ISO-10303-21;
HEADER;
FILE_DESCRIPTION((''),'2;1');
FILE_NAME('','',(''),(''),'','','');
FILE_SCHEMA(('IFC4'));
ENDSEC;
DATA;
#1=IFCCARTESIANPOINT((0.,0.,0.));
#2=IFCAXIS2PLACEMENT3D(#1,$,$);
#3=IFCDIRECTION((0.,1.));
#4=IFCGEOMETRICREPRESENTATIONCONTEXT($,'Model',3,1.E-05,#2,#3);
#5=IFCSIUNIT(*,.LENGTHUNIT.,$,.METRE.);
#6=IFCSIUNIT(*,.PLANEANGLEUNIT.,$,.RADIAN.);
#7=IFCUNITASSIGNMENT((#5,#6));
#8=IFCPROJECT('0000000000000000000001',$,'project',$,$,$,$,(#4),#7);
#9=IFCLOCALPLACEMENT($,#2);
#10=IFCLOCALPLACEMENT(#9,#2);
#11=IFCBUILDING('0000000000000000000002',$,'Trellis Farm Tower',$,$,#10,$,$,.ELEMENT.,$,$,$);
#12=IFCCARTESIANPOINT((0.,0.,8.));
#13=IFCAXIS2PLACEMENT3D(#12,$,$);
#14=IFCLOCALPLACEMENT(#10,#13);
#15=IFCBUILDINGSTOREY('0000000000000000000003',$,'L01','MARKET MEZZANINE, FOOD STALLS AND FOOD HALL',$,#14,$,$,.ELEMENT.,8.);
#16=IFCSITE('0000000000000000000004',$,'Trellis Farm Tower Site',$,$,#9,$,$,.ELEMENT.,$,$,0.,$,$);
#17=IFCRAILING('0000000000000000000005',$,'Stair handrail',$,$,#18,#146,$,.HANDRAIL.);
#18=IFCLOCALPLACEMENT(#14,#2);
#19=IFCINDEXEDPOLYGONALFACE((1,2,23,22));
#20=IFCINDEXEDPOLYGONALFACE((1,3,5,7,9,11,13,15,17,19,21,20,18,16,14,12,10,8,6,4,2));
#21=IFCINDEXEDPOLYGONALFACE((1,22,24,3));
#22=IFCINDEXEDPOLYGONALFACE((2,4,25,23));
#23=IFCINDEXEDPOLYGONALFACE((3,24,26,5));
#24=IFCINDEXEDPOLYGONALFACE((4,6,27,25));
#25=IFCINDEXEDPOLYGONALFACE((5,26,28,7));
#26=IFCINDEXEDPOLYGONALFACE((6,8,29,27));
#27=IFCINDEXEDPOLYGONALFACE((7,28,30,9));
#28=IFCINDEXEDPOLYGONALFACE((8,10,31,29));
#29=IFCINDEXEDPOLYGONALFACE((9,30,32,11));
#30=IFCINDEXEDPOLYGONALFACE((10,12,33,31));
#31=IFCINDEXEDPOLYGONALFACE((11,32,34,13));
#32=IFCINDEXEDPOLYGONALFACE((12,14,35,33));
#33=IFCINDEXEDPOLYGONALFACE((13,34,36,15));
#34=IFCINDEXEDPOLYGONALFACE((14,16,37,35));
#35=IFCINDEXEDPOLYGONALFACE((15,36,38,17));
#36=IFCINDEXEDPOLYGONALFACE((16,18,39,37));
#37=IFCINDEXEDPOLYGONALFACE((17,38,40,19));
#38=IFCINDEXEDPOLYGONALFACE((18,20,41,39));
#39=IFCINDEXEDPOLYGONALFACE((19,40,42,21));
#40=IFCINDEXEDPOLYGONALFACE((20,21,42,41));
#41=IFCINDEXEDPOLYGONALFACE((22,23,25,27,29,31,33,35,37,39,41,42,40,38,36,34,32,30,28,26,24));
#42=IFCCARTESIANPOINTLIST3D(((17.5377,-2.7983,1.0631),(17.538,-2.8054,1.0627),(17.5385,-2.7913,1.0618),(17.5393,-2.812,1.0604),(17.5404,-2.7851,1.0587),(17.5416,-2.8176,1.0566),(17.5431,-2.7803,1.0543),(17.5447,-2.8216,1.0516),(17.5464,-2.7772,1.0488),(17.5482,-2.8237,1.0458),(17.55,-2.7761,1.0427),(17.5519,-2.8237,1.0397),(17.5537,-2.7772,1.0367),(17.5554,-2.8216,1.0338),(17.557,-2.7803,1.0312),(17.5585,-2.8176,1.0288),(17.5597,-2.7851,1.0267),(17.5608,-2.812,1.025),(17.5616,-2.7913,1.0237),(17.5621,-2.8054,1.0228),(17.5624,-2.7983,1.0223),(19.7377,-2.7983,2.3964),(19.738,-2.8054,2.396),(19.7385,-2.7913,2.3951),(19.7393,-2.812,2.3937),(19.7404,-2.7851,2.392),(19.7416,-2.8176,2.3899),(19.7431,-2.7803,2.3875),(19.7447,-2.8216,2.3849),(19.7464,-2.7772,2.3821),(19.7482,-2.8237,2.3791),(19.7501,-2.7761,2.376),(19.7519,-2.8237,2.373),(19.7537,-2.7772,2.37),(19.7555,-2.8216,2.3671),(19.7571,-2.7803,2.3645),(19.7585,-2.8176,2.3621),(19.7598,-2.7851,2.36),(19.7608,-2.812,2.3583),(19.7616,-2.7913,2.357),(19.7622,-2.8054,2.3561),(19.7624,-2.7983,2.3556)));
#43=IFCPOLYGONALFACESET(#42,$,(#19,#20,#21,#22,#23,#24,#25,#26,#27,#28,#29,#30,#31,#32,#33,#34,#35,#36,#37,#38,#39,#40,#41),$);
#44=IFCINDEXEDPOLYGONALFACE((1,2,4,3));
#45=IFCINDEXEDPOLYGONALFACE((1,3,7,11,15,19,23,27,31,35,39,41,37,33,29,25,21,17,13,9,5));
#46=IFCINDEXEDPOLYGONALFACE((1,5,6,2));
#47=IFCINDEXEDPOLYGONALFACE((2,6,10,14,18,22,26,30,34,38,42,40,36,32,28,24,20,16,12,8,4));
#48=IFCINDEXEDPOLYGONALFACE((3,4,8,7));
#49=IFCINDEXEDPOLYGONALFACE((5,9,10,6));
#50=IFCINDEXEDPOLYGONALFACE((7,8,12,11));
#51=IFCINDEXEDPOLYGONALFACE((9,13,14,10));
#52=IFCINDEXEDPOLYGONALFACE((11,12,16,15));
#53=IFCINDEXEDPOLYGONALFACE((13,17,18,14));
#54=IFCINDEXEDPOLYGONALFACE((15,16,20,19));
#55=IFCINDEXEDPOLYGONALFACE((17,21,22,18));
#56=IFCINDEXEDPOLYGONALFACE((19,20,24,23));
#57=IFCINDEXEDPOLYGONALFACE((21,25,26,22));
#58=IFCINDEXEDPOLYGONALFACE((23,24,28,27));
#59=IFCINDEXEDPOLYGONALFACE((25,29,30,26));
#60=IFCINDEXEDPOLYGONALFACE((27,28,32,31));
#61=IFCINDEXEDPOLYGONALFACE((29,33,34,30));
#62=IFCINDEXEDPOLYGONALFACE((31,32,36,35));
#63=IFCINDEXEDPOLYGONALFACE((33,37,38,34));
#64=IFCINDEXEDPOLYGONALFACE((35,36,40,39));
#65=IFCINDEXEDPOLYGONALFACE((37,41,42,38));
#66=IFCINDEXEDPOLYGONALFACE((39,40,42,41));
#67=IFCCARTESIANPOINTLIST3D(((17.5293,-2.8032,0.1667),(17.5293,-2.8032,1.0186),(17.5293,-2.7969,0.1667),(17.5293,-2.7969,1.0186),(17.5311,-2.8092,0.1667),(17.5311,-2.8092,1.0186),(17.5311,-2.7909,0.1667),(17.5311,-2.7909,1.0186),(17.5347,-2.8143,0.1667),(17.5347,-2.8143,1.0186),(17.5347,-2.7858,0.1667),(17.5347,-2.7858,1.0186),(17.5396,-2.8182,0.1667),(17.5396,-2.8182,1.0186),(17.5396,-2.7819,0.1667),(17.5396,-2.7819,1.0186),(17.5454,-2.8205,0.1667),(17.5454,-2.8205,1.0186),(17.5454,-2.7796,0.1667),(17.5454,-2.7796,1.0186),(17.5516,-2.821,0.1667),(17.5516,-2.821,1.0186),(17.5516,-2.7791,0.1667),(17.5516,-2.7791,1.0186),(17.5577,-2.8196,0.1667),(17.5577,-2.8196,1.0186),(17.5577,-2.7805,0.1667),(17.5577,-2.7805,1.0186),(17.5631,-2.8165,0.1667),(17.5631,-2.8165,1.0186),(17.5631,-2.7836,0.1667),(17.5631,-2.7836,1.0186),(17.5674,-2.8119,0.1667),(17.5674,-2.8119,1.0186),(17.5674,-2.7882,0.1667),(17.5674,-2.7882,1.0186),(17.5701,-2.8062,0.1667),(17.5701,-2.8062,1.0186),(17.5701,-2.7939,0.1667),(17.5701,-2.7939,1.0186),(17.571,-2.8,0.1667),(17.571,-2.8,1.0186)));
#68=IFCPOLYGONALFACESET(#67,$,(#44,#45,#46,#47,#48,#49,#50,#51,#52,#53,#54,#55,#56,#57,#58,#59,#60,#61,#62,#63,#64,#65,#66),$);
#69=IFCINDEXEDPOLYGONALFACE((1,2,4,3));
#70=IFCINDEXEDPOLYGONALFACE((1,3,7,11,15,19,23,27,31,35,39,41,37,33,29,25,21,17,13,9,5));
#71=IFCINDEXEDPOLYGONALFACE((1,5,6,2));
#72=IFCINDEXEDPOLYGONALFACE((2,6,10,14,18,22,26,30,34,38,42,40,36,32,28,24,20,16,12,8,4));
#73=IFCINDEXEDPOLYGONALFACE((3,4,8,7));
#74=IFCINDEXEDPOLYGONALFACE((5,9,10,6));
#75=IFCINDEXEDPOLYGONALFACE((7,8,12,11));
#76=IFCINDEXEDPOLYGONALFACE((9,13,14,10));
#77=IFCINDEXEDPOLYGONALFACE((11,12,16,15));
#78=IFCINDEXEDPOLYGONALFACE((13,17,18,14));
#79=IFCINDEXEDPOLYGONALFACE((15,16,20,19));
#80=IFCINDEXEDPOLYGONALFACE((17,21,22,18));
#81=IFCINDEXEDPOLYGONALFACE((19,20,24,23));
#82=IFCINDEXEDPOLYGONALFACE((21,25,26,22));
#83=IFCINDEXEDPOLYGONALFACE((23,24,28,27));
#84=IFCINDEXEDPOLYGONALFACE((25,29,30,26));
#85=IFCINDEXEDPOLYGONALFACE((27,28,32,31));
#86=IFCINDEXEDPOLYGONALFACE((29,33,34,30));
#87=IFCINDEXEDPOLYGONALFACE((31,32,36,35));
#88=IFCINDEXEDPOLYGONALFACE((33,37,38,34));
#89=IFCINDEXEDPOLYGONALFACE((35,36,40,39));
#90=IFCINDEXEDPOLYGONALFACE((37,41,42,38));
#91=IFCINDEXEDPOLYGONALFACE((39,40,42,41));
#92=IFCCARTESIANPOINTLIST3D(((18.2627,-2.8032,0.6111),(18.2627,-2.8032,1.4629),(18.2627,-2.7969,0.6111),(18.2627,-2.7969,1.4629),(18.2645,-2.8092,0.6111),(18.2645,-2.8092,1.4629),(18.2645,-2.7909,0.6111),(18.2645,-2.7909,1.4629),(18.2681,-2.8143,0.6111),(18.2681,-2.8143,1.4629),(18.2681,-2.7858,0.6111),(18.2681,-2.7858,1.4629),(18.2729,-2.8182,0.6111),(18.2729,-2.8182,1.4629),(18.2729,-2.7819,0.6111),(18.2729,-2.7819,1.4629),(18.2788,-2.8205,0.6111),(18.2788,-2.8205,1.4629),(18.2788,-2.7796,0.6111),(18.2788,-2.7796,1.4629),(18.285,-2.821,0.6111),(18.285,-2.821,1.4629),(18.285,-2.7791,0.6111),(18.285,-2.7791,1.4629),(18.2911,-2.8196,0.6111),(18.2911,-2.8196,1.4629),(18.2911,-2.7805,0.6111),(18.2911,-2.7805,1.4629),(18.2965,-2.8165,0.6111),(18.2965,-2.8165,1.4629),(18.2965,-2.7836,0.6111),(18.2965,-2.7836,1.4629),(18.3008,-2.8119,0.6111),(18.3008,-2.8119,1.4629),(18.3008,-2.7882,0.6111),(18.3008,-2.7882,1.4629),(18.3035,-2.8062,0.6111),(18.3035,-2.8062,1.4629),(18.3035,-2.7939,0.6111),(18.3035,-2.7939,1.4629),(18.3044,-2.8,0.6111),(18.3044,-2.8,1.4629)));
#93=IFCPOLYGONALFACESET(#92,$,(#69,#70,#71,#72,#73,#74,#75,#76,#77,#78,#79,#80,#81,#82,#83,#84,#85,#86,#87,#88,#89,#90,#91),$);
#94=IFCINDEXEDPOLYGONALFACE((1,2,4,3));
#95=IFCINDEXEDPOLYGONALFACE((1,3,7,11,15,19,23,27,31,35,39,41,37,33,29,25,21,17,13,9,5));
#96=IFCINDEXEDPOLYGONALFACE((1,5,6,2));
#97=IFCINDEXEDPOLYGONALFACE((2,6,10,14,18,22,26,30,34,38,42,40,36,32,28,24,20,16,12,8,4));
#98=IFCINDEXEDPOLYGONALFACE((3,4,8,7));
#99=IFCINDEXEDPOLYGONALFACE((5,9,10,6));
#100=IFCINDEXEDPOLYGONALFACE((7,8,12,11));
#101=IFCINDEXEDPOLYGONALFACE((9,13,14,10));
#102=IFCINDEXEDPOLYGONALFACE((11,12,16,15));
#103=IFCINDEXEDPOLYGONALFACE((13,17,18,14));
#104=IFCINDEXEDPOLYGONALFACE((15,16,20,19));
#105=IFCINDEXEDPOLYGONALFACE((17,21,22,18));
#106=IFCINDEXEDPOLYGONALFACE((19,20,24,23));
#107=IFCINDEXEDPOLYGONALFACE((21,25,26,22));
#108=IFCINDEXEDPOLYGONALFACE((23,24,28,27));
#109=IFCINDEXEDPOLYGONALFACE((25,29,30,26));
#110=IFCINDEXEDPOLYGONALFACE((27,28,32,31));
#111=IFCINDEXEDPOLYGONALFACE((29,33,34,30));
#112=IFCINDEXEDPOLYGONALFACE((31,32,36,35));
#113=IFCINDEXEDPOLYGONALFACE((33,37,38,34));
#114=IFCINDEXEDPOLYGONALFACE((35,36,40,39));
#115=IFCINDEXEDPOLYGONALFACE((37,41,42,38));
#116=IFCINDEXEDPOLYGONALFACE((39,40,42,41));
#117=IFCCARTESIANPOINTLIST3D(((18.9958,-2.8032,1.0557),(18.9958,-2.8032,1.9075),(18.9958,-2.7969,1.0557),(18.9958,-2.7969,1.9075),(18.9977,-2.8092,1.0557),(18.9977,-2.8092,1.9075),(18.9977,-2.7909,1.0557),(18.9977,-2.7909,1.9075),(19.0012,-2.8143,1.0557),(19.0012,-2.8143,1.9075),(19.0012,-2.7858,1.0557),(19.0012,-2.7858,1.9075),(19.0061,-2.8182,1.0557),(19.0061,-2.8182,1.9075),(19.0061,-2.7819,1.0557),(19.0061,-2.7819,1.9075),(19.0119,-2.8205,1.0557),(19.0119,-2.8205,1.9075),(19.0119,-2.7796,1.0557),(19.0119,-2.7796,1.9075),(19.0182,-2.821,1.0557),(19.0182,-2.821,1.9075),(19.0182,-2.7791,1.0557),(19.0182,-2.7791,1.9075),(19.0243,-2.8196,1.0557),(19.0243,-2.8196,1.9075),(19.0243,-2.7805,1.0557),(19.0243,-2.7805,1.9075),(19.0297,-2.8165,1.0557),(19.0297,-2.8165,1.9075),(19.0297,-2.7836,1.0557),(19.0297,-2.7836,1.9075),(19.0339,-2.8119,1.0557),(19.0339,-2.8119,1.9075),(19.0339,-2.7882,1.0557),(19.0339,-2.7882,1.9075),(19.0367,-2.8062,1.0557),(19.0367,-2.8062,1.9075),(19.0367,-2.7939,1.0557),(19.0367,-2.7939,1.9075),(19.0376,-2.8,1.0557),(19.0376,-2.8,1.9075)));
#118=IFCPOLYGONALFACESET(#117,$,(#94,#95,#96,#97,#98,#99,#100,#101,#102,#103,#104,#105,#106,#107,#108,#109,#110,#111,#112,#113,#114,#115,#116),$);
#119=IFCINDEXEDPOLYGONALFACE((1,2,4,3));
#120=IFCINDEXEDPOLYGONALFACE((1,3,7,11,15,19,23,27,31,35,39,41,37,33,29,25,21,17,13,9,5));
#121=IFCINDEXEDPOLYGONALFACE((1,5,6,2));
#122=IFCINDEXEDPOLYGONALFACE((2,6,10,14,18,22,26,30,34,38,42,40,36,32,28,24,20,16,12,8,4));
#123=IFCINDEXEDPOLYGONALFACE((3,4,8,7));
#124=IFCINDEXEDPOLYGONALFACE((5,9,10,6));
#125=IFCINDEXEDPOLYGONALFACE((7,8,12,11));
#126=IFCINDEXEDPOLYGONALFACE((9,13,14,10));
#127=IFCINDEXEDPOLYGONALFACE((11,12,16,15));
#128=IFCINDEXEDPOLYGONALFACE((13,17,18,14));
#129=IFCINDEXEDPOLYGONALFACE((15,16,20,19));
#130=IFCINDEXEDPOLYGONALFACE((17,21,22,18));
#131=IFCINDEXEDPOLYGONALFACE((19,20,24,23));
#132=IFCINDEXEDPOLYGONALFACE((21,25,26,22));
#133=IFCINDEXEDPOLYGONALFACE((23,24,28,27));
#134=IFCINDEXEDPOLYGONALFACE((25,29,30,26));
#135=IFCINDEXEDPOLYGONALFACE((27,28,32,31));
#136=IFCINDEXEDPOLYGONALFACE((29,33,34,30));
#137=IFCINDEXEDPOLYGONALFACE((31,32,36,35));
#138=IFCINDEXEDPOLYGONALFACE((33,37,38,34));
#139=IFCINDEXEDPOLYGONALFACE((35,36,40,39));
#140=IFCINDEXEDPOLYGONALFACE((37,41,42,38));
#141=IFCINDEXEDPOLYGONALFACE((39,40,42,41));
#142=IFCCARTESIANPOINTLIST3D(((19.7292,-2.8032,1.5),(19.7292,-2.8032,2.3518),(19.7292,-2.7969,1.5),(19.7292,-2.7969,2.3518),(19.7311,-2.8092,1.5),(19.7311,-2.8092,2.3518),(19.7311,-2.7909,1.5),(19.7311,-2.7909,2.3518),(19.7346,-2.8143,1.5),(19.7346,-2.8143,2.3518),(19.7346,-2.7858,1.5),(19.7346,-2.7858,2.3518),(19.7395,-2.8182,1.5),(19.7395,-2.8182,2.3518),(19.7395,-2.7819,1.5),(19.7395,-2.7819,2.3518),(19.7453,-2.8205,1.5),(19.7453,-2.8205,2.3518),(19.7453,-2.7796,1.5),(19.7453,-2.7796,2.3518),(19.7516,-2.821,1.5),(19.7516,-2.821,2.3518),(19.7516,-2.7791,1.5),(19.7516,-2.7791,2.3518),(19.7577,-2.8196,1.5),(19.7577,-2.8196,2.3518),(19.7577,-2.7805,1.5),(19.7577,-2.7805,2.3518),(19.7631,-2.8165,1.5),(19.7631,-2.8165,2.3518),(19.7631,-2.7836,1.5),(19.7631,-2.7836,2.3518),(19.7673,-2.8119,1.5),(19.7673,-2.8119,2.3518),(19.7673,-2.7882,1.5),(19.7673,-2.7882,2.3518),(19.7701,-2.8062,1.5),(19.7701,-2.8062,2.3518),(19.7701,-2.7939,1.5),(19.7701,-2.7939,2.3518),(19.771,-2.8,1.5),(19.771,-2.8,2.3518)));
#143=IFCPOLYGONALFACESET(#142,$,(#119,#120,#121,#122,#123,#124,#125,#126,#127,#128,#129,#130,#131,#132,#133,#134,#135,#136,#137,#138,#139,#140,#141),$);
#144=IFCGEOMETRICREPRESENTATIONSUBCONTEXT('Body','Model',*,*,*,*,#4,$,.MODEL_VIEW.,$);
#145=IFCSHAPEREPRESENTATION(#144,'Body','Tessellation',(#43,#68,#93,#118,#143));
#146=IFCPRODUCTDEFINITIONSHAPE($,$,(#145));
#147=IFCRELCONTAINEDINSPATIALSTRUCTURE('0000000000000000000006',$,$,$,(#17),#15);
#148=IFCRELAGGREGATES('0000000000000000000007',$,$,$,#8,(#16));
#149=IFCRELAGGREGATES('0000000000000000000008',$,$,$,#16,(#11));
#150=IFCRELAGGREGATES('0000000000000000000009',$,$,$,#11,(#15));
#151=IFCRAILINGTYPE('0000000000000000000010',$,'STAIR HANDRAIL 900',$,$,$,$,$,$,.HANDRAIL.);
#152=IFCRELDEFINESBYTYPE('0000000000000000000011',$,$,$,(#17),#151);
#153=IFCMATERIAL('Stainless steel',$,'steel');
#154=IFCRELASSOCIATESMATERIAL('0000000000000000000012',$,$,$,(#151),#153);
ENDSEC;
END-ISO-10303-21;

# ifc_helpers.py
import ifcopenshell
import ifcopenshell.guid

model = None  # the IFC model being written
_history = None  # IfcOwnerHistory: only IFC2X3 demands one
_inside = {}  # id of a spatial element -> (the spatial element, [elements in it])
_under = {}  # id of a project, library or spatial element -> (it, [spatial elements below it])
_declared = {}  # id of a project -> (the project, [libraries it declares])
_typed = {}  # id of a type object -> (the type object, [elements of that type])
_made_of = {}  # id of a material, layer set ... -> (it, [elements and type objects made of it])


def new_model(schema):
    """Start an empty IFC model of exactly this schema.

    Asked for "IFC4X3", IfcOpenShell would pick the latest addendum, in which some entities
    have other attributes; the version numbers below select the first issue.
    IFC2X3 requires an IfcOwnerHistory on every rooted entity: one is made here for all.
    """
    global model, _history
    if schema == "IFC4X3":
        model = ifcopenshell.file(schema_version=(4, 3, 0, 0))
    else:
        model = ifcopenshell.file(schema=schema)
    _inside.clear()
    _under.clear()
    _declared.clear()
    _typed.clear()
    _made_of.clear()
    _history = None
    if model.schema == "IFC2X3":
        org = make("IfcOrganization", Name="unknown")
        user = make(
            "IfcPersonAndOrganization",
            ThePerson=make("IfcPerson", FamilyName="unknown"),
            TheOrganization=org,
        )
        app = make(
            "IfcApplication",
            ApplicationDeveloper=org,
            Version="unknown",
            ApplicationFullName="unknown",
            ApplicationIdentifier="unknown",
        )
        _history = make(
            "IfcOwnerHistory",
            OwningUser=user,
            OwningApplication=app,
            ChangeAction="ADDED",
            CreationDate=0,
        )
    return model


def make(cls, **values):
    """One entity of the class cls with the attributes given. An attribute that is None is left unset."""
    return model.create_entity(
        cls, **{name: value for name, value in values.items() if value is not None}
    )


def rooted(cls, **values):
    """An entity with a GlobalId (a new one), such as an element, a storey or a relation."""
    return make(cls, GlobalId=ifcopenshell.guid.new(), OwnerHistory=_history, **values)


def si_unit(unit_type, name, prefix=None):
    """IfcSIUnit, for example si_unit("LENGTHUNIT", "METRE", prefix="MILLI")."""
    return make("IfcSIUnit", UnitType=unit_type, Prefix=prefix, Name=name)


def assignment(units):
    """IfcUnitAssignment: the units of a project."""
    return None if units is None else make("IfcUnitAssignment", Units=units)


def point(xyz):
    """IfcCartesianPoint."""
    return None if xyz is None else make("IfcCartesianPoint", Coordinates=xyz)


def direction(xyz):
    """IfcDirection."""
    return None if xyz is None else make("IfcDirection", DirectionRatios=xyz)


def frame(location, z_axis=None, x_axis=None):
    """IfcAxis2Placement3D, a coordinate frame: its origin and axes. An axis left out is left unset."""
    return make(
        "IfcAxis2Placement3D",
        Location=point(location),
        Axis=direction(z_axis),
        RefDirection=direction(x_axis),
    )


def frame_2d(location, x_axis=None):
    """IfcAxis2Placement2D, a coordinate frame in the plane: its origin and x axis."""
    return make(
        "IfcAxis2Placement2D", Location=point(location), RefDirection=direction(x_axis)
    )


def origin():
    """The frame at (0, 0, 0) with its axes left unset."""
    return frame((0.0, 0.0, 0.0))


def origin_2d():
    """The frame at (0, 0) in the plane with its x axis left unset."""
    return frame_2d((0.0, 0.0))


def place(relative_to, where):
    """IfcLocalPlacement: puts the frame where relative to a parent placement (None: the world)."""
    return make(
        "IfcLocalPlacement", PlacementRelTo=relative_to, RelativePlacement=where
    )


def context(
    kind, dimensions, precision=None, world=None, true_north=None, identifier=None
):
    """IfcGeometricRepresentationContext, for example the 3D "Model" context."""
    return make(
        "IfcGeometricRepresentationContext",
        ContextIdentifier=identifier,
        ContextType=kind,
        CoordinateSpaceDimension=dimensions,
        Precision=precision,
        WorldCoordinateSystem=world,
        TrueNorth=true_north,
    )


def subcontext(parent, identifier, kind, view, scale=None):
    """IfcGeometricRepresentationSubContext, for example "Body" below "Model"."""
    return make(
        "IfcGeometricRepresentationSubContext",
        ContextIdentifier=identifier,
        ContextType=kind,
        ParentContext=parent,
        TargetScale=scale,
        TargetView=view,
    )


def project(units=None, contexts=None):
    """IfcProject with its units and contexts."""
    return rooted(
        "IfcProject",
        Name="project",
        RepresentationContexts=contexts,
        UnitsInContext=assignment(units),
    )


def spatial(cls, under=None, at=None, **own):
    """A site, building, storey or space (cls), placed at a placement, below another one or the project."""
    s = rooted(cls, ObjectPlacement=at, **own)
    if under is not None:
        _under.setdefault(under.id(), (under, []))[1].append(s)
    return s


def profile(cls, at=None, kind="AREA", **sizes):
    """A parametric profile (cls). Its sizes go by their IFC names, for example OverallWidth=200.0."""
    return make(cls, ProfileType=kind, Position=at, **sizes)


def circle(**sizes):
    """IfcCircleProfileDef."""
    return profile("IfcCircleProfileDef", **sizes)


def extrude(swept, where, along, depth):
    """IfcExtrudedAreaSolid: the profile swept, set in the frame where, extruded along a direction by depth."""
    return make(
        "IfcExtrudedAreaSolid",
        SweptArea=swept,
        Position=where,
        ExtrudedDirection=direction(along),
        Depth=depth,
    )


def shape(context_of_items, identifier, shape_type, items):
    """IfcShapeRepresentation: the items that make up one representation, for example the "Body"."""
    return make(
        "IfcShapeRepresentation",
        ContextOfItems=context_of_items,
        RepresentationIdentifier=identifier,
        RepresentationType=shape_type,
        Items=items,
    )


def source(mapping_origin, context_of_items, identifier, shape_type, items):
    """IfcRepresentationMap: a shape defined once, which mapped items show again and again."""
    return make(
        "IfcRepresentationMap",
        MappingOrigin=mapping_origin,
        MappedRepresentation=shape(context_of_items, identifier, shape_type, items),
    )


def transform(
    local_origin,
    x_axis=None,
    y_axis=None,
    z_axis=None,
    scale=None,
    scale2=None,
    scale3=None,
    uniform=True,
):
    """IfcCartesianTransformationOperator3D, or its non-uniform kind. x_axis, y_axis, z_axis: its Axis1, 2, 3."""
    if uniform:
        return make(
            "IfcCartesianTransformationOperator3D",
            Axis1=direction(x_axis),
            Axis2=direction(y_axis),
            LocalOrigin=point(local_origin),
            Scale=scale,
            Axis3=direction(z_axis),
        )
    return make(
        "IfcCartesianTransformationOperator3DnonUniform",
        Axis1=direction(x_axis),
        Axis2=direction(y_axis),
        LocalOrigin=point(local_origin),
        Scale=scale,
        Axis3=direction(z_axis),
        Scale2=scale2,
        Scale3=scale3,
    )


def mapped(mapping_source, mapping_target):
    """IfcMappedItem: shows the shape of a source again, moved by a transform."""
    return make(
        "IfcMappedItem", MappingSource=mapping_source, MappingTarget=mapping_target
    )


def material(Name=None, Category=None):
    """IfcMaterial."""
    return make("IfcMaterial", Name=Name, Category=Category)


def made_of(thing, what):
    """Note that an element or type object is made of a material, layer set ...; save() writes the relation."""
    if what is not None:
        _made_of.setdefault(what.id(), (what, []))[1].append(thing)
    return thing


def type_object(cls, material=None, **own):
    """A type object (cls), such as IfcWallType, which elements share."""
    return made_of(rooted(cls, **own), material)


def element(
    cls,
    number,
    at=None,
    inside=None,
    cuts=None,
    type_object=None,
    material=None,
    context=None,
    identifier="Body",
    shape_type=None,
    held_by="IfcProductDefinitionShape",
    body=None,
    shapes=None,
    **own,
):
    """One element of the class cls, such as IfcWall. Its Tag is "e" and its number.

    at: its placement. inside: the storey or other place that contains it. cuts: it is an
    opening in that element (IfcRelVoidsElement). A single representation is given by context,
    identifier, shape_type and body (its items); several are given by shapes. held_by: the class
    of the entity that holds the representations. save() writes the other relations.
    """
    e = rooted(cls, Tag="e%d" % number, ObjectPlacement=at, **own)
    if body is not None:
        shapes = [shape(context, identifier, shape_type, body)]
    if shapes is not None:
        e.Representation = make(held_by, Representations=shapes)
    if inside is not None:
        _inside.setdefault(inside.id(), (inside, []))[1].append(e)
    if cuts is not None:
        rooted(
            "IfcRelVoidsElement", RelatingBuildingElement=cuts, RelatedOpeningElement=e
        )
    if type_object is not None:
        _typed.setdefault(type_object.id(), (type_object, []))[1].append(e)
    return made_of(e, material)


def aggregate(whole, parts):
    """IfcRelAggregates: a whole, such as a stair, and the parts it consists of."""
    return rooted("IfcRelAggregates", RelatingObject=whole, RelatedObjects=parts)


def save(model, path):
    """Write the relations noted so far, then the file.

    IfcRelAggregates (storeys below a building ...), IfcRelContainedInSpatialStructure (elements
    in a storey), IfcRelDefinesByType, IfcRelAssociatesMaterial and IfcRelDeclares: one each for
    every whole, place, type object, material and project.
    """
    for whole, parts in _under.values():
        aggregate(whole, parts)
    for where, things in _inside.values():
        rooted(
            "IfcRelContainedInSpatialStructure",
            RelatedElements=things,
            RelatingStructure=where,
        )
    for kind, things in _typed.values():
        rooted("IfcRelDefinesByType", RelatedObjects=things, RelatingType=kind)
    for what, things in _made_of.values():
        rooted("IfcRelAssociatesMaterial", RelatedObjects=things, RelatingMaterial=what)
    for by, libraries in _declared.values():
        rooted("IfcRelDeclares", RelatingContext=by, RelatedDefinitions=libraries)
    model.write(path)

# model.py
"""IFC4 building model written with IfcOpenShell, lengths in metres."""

from ifc_helpers import new_model, si_unit, direction, frame, origin, origin_2d, place, context, subcontext, project, spatial, circle, extrude, source, transform, mapped, material, type_object, element, save


model = new_model("IFC4")

# Units and contexts
model_context = context("Model", 3, precision=1e-05, world=origin(), true_north=direction((0.0, 1.0)))
body_context = subcontext(model_context, "Body", "Model", "MODEL_VIEW")
ifc_project = project(units=[si_unit("LENGTHUNIT", "METRE"), si_unit("PLANEANGLEUNIT", "RADIAN")], contexts=[model_context])

# Site, building, storey
site_placement = place(None, origin())
site = spatial("IfcSite", under=ifc_project, at=site_placement, Name="Trellis Farm Tower Site", CompositionType="ELEMENT", RefElevation=0.0)
building_placement = place(site_placement, origin())
building = spatial("IfcBuilding", under=site, at=building_placement, Name="Trellis Farm Tower", CompositionType="ELEMENT")
storey_placement = place(building_placement, frame((0.0, 0.0, 8.0)))
storey = spatial("IfcBuildingStorey", under=building, at=storey_placement, Name="L01", Description="MARKET MEZZANINE, FOOD STALLS AND FOOD HALL", CompositionType="ELEMENT", Elevation=8.0)

# Shared definitions
ifc_material_1 = material(Name="Stainless steel", Category="steel")

# Railing
railing_type = type_object("IfcRailingType", Name="STAIR HANDRAIL 900", PredefinedType="HANDRAIL", material=ifc_material_1)
shared_shape_1 = source(origin(), body_context, "Body", "SweptSolid", [
    extrude(circle(Radius=0.0239, at=origin_2d()), frame((0.0, 0.0, 0.876), z_axis=(0.855207, 0.0, 0.518287), x_axis=(0.0, 1.0, 0.0)), (0.0, 0.0, 1.0), 2.5725),
    extrude(circle(Radius=0.021, at=origin_2d()), origin(), (0.0, 0.0, 1.0), 0.8518),
    extrude(circle(Radius=0.021, at=origin_2d()), frame((0.7334, 0.0, 0.4443)), (0.0, 0.0, 1.0), 0.8518),
    extrude(circle(Radius=0.021, at=origin_2d()), frame((1.4666, 0.0, 0.8889)), (0.0, 0.0, 1.0), 0.8518),
    extrude(circle(Radius=0.021, at=origin_2d()), frame((2.2, 0.0, 1.3333)), (0.0, 0.0, 1.0), 0.8518),
])
for number, where, name in (
    (1, (17.55, -2.8, 0.1667), "Stair handrail"),
):
    element("IfcRailing", number, at=place(storey_placement, frame(where)), inside=storey, type_object=railing_type, Name=name, PredefinedType="HANDRAIL", context=body_context, shape_type="MappedRepresentation", body=[
        mapped(shared_shape_1, transform((0.0, 0.0, 0.0))),
    ])

save(model, "model.ifc")
